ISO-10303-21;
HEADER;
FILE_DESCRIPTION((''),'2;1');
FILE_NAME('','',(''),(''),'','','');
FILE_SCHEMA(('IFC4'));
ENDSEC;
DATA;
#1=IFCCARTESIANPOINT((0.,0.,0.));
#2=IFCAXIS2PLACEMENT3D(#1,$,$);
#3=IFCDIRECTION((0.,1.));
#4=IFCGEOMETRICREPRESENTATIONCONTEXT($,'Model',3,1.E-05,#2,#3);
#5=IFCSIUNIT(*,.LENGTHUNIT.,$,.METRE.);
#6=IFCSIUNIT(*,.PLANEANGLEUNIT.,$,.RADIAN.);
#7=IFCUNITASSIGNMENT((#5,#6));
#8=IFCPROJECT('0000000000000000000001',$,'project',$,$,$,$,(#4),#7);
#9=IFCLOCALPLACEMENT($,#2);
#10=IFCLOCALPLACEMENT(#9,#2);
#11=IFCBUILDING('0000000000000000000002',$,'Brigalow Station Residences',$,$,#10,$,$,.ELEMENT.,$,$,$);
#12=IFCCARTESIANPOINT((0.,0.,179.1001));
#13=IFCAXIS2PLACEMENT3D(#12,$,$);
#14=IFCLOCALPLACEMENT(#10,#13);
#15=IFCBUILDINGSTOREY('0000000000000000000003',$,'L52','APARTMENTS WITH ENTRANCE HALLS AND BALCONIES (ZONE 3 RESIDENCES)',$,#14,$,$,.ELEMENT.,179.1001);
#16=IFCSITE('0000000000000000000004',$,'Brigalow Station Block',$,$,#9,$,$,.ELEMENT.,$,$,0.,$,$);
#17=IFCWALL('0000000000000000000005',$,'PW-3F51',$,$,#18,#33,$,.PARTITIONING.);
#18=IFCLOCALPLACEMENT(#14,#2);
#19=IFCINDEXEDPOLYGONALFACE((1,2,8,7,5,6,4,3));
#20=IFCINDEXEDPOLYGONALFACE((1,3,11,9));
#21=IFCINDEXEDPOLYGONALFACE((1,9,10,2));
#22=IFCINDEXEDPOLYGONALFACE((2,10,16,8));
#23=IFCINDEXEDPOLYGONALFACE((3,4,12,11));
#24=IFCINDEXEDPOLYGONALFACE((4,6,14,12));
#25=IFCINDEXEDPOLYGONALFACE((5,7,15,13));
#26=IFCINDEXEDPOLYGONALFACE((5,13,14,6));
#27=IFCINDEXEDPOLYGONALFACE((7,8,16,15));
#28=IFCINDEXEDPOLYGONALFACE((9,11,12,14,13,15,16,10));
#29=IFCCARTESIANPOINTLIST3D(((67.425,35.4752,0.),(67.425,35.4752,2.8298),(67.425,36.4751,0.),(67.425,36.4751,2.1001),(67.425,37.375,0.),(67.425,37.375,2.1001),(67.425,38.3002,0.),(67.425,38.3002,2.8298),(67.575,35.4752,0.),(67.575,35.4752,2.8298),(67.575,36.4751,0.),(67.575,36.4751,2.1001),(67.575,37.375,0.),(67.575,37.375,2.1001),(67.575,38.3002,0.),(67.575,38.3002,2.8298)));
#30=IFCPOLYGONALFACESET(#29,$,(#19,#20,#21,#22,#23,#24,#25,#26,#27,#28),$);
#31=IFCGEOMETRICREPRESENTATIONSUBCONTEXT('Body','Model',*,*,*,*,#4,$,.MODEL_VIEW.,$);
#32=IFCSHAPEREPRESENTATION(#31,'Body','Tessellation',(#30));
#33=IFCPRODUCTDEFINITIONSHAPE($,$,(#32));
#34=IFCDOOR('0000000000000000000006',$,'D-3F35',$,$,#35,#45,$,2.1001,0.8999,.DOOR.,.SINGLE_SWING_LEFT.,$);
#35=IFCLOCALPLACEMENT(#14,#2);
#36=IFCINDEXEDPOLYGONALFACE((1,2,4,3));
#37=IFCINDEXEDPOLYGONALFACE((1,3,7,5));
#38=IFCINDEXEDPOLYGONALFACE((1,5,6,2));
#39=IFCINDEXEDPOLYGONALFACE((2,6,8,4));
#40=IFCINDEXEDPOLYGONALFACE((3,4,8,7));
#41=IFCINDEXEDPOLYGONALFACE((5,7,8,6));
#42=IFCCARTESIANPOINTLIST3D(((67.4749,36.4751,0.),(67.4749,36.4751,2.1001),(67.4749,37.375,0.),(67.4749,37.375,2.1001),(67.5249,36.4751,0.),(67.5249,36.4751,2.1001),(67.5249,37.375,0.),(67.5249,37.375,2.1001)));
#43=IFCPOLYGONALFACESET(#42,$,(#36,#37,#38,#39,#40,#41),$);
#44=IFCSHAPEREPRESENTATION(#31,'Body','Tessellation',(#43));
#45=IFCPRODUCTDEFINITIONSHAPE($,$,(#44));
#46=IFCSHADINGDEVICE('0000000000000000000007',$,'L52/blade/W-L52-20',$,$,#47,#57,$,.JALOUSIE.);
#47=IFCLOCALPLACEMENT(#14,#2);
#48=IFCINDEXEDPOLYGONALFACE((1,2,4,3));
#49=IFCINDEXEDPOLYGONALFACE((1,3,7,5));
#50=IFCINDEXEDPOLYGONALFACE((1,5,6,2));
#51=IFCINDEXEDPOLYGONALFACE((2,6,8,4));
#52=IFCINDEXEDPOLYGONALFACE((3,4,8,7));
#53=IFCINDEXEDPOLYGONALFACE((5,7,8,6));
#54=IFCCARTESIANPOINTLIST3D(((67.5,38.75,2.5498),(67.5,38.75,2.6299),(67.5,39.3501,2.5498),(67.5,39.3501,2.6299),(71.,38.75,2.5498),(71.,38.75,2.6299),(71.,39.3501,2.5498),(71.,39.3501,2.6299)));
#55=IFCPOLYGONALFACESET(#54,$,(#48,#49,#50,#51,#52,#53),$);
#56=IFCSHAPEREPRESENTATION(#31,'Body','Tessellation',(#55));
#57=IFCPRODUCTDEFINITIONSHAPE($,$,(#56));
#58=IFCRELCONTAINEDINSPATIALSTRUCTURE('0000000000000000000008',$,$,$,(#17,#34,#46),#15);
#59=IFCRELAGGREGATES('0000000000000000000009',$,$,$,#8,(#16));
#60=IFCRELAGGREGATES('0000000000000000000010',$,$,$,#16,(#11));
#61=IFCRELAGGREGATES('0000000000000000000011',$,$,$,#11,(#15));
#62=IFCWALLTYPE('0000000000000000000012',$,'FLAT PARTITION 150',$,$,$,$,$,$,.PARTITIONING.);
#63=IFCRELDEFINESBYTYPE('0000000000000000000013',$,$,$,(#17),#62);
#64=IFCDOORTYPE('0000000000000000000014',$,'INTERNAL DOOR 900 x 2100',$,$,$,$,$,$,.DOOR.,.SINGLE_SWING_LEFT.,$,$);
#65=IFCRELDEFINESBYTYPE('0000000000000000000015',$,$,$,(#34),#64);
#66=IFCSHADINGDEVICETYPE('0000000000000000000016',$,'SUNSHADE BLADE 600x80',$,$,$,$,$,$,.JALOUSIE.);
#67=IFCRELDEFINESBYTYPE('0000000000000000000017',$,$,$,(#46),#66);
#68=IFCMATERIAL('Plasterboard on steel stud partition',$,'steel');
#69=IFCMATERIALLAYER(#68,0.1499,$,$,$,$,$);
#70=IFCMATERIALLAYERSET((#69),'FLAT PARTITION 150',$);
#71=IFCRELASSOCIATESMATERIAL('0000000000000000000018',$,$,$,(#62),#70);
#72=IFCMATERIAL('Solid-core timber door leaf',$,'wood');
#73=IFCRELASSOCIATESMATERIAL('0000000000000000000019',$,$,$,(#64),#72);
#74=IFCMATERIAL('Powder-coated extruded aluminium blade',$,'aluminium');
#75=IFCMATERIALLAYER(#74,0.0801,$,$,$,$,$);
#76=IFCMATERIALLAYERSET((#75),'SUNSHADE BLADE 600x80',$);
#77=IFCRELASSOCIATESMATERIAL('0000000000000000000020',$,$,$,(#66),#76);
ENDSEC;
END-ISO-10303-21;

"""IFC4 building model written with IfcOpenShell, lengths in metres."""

from ifc_helpers import new_model, si_unit, direction, frame, frame_2d, origin, origin_2d, place, context, subcontext, project, spatial, rectangle, extrude, material, layer, layer_set, type_object, element, fill, save


model = new_model("IFC4")

# Units and contexts
model_context = context("Model", 3, precision=1e-05, world=origin(), true_north=direction((0.0, 1.0)))
body_context = subcontext(model_context, "Body", "Model", "MODEL_VIEW")
ifc_project = project(units=[si_unit("LENGTHUNIT", "METRE"), si_unit("PLANEANGLEUNIT", "RADIAN")], contexts=[model_context])

# Site, building, storey
site_placement = place(None, origin())
site = spatial("IfcSite", under=ifc_project, at=site_placement, Name="Brigalow Station Block", CompositionType="ELEMENT", RefElevation=0.0)
building_placement = place(site_placement, origin())
building = spatial("IfcBuilding", under=site, at=building_placement, Name="Brigalow Station Residences", CompositionType="ELEMENT")
storey_placement = place(building_placement, frame((0.0, 0.0, 179.1001)))
storey = spatial("IfcBuildingStorey", under=building, at=storey_placement, Name="L52", Description="APARTMENTS WITH ENTRANCE HALLS AND BALCONIES (ZONE 3 RESIDENCES)", CompositionType="ELEMENT", Elevation=179.1001)

# Wall, opening, door
ifc_material_1 = material(Name="Plasterboard on steel stud partition", Category="steel")
ifc_layer_1 = layer(ifc_material_1, 0.1499)
ifc_layer_set_1 = layer_set([ifc_layer_1], Name="FLAT PARTITION 150")
wall_type_1 = type_object("IfcWallType", Name="FLAT PARTITION 150", PredefinedType="PARTITIONING", material=ifc_layer_set_1)
wall_1_placement = place(storey_placement, frame((67.5, 35.4751, 0.0), z_axis=(0.0, 0.0, 1.0), x_axis=(0.0, 1.0, 0.0)))
wall_1 = element("IfcWall", 1, at=wall_1_placement, inside=storey, type_object=wall_type_1, Name="PW-3F51", PredefinedType="PARTITIONING", context=body_context, shape_type="SweptSolid", body=[
    extrude(rectangle(XDim=2.825, YDim=0.1499, at=frame_2d((1.4126, 0.0))), origin(), (0.0, 0.0, 1.0), 2.8298),
])
opening_1_placement = place(wall_1_placement, frame((1.0, 0.0, 0.0)))
opening_1 = element("IfcOpeningElement", 2, at=opening_1_placement, cuts=wall_1, PredefinedType="OPENING", context=body_context, shape_type="SweptSolid", body=[
    extrude(rectangle(XDim=0.8999, YDim=2.1001, at=frame_2d((0.45, 1.05))), frame((0.0, 0.085, 0.0), z_axis=(0.0, -1.0, 0.0), x_axis=(1.0, 0.0, 0.0)), (0.0, 0.0, 1.0), 0.1699),
])
ifc_material_2 = material(Name="Solid-core timber door leaf", Category="wood")
door_type = type_object("IfcDoorType", Name="INTERNAL DOOR 900 x 2100", OperationType="SINGLE_SWING_LEFT", PredefinedType="DOOR", material=ifc_material_2)
door_placement = place(opening_1_placement, frame((0.8999, 0.0, 0.0), z_axis=(0.0, 0.0, 1.0), x_axis=(-1.0, 0.0, 0.0)))
door = element("IfcDoor", 3, at=door_placement, inside=storey, type_object=door_type, Name="D-3F35", OperationType="SINGLE_SWING_LEFT", OverallHeight=2.1001, OverallWidth=0.8999, PredefinedType="DOOR", context=body_context, shape_type="SweptSolid", body=[
    extrude(rectangle(XDim=0.8999, YDim=2.1001, at=frame_2d((0.45, 1.05))), frame((0.0, 0.0249, 0.0), z_axis=(0.0, -1.0, 0.0), x_axis=(1.0, 0.0, 0.0)), (0.0, 0.0, 1.0), 0.05),
])
fill(opening_1, door)

# Shading device
ifc_material_3 = material(Name="Powder-coated extruded aluminium blade", Category="aluminium")
ifc_layer_2 = layer(ifc_material_3, 0.0801)
ifc_layer_set_2 = layer_set([ifc_layer_2], Name="SUNSHADE BLADE 600x80")
shading_device_type = type_object("IfcShadingDeviceType", Name="SUNSHADE BLADE 600x80", PredefinedType="JALOUSIE", material=ifc_layer_set_2)
shading_device_placement = place(storey_placement, frame((69.25, 39.05, 2.5498), z_axis=(0.0, 0.0, 1.0), x_axis=(-1.0, 0.0, 0.0)))
element("IfcShadingDevice", 4, at=shading_device_placement, inside=storey, type_object=shading_device_type, Name="L52/blade/W-L52-20", PredefinedType="JALOUSIE", context=body_context, shape_type="SweptSolid", body=[
    extrude(rectangle(XDim=3.5, YDim=0.6001, at=origin_2d()), origin(), (0.0, 0.0, 1.0), 0.0801),
])

save(model, "model.ifc")
